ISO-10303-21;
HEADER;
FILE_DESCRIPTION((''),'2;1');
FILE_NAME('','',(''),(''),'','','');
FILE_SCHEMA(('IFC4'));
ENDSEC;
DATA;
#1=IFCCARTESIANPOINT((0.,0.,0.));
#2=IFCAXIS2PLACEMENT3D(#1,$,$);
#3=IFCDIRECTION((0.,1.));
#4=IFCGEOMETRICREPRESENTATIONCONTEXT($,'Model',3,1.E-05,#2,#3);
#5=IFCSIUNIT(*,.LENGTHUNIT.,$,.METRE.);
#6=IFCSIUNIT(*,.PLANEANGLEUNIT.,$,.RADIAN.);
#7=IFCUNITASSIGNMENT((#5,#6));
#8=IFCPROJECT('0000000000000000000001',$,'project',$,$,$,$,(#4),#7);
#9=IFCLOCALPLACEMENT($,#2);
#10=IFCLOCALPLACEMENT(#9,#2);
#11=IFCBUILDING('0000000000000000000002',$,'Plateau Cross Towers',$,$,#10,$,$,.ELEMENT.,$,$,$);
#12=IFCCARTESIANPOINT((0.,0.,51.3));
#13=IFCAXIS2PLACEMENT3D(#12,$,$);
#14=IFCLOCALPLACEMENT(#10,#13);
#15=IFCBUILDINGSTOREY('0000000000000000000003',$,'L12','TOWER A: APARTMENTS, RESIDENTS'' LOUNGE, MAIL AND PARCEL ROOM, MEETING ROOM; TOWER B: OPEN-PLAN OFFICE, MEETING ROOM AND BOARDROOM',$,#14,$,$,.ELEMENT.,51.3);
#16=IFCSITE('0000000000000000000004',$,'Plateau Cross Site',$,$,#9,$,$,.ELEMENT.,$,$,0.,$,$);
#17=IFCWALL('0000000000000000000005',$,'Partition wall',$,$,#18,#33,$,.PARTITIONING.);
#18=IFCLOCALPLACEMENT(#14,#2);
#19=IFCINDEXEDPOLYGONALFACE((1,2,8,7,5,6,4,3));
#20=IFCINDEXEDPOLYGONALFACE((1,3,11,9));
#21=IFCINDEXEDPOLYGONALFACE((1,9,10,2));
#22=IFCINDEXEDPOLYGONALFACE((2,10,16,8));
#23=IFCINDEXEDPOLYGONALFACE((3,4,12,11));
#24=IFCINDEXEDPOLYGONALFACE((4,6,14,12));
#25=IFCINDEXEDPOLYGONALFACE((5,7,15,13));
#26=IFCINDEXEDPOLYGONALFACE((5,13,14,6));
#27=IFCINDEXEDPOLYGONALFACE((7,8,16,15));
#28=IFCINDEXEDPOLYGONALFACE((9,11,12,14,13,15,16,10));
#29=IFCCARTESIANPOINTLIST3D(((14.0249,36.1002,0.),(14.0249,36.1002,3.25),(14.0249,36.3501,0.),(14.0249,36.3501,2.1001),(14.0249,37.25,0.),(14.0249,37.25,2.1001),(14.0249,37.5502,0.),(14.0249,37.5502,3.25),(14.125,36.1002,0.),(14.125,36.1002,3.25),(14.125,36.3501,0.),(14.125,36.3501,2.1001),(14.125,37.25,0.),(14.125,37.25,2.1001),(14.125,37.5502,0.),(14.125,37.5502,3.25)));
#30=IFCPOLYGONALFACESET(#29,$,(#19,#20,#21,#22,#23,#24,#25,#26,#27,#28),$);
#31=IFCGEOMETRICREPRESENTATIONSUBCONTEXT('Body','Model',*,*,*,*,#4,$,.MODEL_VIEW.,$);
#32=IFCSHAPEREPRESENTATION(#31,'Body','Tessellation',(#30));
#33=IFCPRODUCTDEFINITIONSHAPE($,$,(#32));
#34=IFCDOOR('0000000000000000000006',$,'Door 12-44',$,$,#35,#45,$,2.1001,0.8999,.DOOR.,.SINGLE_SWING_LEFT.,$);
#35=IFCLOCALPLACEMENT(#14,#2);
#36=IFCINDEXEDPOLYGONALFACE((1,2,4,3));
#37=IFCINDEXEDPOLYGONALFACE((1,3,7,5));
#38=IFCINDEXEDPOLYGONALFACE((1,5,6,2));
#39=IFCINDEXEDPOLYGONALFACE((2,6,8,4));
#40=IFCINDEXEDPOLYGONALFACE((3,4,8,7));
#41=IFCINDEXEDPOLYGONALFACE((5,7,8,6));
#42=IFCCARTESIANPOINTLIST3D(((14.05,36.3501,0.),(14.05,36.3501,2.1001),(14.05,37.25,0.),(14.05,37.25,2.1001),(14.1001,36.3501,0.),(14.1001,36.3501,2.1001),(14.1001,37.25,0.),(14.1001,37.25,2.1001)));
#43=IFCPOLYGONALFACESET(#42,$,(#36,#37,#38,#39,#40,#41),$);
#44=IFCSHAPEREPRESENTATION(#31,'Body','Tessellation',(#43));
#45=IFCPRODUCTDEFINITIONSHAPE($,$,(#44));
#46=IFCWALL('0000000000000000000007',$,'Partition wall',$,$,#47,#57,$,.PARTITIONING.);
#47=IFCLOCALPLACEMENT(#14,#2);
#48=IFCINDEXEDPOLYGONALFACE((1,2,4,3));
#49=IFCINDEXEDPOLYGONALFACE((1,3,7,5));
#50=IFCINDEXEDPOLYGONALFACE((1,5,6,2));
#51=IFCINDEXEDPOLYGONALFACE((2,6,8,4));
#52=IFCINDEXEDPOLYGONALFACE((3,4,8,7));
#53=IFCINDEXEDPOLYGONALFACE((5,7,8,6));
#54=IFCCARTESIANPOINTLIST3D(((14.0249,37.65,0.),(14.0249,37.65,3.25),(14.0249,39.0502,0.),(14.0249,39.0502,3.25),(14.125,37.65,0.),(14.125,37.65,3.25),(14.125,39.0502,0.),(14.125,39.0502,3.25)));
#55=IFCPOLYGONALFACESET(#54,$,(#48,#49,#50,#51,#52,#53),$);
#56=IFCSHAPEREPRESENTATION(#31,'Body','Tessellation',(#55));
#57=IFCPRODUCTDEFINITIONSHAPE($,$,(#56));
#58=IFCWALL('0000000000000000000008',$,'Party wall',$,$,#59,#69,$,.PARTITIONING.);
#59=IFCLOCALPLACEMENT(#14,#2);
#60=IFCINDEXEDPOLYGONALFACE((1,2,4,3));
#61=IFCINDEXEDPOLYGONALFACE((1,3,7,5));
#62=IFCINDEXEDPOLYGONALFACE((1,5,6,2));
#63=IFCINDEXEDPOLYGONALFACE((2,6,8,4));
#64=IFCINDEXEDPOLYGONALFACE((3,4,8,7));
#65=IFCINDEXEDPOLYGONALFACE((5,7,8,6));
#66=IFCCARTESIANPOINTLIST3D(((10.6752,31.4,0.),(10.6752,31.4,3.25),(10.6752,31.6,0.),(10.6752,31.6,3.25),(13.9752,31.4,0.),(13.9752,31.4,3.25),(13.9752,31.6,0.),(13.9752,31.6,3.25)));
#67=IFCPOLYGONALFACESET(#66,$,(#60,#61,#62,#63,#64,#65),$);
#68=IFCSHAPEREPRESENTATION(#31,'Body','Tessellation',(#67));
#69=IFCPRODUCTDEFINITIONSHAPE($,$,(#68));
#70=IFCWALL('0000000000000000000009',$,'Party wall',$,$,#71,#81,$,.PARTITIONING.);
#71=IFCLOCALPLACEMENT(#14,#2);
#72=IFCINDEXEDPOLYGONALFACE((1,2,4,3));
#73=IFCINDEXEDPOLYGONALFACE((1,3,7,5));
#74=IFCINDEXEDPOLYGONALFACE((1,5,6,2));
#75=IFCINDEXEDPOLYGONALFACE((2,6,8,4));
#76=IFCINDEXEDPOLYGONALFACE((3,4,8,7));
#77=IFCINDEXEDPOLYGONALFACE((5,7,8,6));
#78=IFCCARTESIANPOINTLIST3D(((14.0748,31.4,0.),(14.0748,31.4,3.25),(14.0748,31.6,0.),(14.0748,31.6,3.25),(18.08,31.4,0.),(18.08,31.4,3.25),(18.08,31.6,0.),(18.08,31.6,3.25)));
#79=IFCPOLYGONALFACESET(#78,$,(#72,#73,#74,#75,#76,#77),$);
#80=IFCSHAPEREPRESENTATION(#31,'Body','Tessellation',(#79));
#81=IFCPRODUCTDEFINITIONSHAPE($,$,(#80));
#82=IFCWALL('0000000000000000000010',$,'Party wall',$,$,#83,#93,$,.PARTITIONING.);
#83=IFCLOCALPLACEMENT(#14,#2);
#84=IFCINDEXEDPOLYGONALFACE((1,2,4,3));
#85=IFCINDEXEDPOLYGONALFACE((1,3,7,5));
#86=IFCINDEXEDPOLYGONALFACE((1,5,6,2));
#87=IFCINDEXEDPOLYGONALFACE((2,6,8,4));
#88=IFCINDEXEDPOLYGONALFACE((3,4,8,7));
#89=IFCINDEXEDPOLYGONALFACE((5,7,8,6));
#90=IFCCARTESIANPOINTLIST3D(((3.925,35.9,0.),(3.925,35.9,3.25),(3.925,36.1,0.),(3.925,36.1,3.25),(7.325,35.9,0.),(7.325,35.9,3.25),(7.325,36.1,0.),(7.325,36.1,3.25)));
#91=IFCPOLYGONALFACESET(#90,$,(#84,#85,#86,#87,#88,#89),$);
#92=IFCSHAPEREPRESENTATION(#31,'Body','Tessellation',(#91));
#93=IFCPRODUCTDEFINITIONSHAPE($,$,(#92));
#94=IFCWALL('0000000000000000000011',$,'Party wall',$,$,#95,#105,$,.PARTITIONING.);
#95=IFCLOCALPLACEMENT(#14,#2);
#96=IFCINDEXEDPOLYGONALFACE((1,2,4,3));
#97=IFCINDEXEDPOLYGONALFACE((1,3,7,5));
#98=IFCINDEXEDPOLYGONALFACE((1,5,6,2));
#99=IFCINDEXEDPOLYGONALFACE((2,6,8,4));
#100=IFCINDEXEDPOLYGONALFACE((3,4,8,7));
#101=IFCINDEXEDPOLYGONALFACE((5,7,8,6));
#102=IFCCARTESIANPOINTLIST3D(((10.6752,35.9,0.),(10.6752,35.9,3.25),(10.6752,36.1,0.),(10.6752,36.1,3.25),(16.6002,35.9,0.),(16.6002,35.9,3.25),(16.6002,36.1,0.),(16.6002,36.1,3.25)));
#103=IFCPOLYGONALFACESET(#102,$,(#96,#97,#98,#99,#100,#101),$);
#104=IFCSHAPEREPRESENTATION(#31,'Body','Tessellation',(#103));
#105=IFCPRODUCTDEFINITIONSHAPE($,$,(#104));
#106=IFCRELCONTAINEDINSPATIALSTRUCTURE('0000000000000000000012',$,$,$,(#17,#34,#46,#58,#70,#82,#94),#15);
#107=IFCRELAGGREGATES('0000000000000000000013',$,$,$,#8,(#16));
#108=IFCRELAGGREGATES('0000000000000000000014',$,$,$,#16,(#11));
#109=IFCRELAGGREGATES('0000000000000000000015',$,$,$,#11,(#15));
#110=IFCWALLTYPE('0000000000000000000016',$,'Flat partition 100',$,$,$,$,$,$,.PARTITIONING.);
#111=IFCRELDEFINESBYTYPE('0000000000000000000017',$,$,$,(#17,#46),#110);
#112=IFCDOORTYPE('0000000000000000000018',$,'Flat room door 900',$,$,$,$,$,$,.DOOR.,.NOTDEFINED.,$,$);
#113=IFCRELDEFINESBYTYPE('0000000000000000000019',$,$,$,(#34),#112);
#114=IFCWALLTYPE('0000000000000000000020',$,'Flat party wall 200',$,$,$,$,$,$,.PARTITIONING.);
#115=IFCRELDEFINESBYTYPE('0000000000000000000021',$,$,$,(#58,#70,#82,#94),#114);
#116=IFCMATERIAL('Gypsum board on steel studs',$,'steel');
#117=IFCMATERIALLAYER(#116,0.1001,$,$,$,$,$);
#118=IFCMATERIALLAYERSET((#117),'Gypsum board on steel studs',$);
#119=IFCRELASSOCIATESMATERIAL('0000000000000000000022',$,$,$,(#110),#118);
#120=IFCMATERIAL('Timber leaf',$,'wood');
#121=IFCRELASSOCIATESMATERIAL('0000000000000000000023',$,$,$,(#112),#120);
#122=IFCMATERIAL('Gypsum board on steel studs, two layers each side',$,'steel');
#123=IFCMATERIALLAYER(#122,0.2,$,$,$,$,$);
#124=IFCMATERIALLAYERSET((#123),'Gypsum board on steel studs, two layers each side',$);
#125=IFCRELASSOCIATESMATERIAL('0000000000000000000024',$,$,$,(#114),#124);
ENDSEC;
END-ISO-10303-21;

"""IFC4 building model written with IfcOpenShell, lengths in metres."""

from ifc_helpers import new_model, si_unit, direction, frame, frame_2d, origin, place, context, subcontext, project, spatial, rectangle, extrude, material, layer, layer_set, type_object, element, fill, save


model = new_model("IFC4")

# Units and contexts
model_context = context("Model", 3, precision=1e-05, world=origin(), true_north=direction((0.0, 1.0)))
body_context = subcontext(model_context, "Body", "Model", "MODEL_VIEW")
ifc_project = project(units=[si_unit("LENGTHUNIT", "METRE"), si_unit("PLANEANGLEUNIT", "RADIAN")], contexts=[model_context])

# Site, building, storey
site_placement = place(None, origin())
site = spatial("IfcSite", under=ifc_project, at=site_placement, Name="Plateau Cross Site", CompositionType="ELEMENT", RefElevation=0.0)
building_placement = place(site_placement, origin())
building = spatial("IfcBuilding", under=site, at=building_placement, Name="Plateau Cross Towers", CompositionType="ELEMENT")
storey_placement = place(building_placement, frame((0.0, 0.0, 51.3)))
storey = spatial("IfcBuildingStorey", under=building, at=storey_placement, Name="L12", Description="TOWER A: APARTMENTS, RESIDENTS' LOUNGE, MAIL AND PARCEL ROOM, MEETING ROOM; TOWER B: OPEN-PLAN OFFICE, MEETING ROOM AND BOARDROOM", CompositionType="ELEMENT", Elevation=51.3)

# Shared definitions
ifc_material_1 = material(Name="Gypsum board on steel studs", Category="steel")
ifc_layer_1 = layer(ifc_material_1, 0.1001)
ifc_layer_set_1 = layer_set([ifc_layer_1], Name="Gypsum board on steel studs")
wall_type_1 = type_object("IfcWallType", Name="Flat partition 100", PredefinedType="PARTITIONING", material=ifc_layer_set_1)
ifc_material_2 = material(Name="Timber leaf", Category="wood")
door_type = type_object("IfcDoorType", Name="Flat room door 900", OperationType="NOTDEFINED", PredefinedType="DOOR", material=ifc_material_2)

# Wall, opening, door
wall_1_placement = place(storey_placement, frame((14.075, 36.1001, 0.0), z_axis=(0.0, 0.0, 1.0), x_axis=(0.0, 1.0, 0.0)))
wall_1 = element("IfcWall", 1, at=wall_1_placement, inside=storey, type_object=wall_type_1, Name="Partition wall", PredefinedType="PARTITIONING", context=body_context, shape_type="SweptSolid", body=[
    extrude(rectangle(XDim=1.45, YDim=0.1001, at=frame_2d((0.7251, 0.0))), origin(), (0.0, 0.0, 1.0), 3.25),
])
opening_1_placement = place(wall_1_placement, frame((0.25, 0.0, 0.0)))
opening_1 = element("IfcOpeningElement", 2, at=opening_1_placement, cuts=wall_1, PredefinedType="OPENING", context=body_context, shape_type="SweptSolid", body=[
    extrude(rectangle(XDim=0.8999, YDim=2.1001, at=frame_2d((0.45, 1.05))), frame((0.0, 0.0601, 0.0), z_axis=(0.0, -1.0, 0.0), x_axis=(1.0, 0.0, 0.0)), (0.0, 0.0, 1.0), 0.1201),
])
door_1_placement = place(opening_1_placement, origin())
door_1 = element("IfcDoor", 3, at=door_1_placement, inside=storey, type_object=door_type, Name="Door 12-44", OperationType="SINGLE_SWING_LEFT", OverallHeight=2.1001, OverallWidth=0.8999, PredefinedType="DOOR", context=body_context, shape_type="SweptSolid", body=[
    extrude(rectangle(XDim=0.8999, YDim=2.1001, at=frame_2d((0.45, 1.05))), frame((0.0, 0.0249, 0.0), z_axis=(0.0, -1.0, 0.0), x_axis=(1.0, 0.0, 0.0)), (0.0, 0.0, 1.0), 0.05),
])
fill(opening_1, door_1)

# Walls
wall_2_placement = place(storey_placement, frame((14.075, 37.6499, 0.0), z_axis=(0.0, 0.0, 1.0), x_axis=(0.0, 1.0, 0.0)))
element("IfcWall", 4, at=wall_2_placement, inside=storey, type_object=wall_type_1, Name="Partition wall", PredefinedType="PARTITIONING", context=body_context, shape_type="SweptSolid", body=[
    extrude(rectangle(XDim=1.4001, YDim=0.1001, at=frame_2d((0.7002, 0.0))), origin(), (0.0, 0.0, 1.0), 3.25),
])
ifc_material_3 = material(Name="Gypsum board on steel studs, two layers each side", Category="steel")
ifc_layer_2 = layer(ifc_material_3, 0.2)
ifc_layer_set_2 = layer_set([ifc_layer_2], Name="Gypsum board on steel studs, two layers each side")
wall_type_2 = type_object("IfcWallType", Name="Flat party wall 200", PredefinedType="PARTITIONING", material=ifc_layer_set_2)
wall_3_placement = place(storey_placement, frame((13.9751, 31.5, 0.0), z_axis=(0.0, 0.0, 1.0), x_axis=(-1.0, 0.0, 0.0)))
element("IfcWall", 5, at=wall_3_placement, inside=storey, type_object=wall_type_2, Name="Party wall", PredefinedType="PARTITIONING", context=body_context, shape_type="SweptSolid", body=[
    extrude(rectangle(XDim=3.3, YDim=0.2, at=frame_2d((1.6499, 0.0))), origin(), (0.0, 0.0, 1.0), 3.25),
])
wall_4_placement = place(storey_placement, frame((14.075, 31.5, 0.0), z_axis=(0.0, 0.0, 1.0), x_axis=(1.0, 0.0, 0.0)))
element("IfcWall", 6, at=wall_4_placement, inside=storey, type_object=wall_type_2, Name="Party wall", PredefinedType="PARTITIONING", context=body_context, shape_type="SweptSolid", body=[
    extrude(rectangle(XDim=4.0051, YDim=0.2, at=frame_2d((2.0024, 0.0))), origin(), (0.0, 0.0, 1.0), 3.25),
])
wall_5_placement = place(storey_placement, frame((7.325, 36.0, 0.0), z_axis=(0.0, 0.0, 1.0), x_axis=(-1.0, 0.0, 0.0)))
element("IfcWall", 7, at=wall_5_placement, inside=storey, type_object=wall_type_2, Name="Party wall", PredefinedType="PARTITIONING", context=body_context, shape_type="SweptSolid", body=[
    extrude(rectangle(XDim=3.3999, YDim=0.2, at=frame_2d((1.7, 0.0))), origin(), (0.0, 0.0, 1.0), 3.25),
])
wall_6_placement = place(storey_placement, frame((16.6001, 36.0, 0.0), z_axis=(0.0, 0.0, 1.0), x_axis=(-1.0, 0.0, 0.0)))
element("IfcWall", 8, at=wall_6_placement, inside=storey, type_object=wall_type_2, Name="Party wall", PredefinedType="PARTITIONING", context=body_context, shape_type="SweptSolid", body=[
    extrude(rectangle(XDim=5.925, YDim=0.2, at=frame_2d((2.9624, 0.0))), origin(), (0.0, 0.0, 1.0), 3.25),
])

save(model, "model.ifc")
